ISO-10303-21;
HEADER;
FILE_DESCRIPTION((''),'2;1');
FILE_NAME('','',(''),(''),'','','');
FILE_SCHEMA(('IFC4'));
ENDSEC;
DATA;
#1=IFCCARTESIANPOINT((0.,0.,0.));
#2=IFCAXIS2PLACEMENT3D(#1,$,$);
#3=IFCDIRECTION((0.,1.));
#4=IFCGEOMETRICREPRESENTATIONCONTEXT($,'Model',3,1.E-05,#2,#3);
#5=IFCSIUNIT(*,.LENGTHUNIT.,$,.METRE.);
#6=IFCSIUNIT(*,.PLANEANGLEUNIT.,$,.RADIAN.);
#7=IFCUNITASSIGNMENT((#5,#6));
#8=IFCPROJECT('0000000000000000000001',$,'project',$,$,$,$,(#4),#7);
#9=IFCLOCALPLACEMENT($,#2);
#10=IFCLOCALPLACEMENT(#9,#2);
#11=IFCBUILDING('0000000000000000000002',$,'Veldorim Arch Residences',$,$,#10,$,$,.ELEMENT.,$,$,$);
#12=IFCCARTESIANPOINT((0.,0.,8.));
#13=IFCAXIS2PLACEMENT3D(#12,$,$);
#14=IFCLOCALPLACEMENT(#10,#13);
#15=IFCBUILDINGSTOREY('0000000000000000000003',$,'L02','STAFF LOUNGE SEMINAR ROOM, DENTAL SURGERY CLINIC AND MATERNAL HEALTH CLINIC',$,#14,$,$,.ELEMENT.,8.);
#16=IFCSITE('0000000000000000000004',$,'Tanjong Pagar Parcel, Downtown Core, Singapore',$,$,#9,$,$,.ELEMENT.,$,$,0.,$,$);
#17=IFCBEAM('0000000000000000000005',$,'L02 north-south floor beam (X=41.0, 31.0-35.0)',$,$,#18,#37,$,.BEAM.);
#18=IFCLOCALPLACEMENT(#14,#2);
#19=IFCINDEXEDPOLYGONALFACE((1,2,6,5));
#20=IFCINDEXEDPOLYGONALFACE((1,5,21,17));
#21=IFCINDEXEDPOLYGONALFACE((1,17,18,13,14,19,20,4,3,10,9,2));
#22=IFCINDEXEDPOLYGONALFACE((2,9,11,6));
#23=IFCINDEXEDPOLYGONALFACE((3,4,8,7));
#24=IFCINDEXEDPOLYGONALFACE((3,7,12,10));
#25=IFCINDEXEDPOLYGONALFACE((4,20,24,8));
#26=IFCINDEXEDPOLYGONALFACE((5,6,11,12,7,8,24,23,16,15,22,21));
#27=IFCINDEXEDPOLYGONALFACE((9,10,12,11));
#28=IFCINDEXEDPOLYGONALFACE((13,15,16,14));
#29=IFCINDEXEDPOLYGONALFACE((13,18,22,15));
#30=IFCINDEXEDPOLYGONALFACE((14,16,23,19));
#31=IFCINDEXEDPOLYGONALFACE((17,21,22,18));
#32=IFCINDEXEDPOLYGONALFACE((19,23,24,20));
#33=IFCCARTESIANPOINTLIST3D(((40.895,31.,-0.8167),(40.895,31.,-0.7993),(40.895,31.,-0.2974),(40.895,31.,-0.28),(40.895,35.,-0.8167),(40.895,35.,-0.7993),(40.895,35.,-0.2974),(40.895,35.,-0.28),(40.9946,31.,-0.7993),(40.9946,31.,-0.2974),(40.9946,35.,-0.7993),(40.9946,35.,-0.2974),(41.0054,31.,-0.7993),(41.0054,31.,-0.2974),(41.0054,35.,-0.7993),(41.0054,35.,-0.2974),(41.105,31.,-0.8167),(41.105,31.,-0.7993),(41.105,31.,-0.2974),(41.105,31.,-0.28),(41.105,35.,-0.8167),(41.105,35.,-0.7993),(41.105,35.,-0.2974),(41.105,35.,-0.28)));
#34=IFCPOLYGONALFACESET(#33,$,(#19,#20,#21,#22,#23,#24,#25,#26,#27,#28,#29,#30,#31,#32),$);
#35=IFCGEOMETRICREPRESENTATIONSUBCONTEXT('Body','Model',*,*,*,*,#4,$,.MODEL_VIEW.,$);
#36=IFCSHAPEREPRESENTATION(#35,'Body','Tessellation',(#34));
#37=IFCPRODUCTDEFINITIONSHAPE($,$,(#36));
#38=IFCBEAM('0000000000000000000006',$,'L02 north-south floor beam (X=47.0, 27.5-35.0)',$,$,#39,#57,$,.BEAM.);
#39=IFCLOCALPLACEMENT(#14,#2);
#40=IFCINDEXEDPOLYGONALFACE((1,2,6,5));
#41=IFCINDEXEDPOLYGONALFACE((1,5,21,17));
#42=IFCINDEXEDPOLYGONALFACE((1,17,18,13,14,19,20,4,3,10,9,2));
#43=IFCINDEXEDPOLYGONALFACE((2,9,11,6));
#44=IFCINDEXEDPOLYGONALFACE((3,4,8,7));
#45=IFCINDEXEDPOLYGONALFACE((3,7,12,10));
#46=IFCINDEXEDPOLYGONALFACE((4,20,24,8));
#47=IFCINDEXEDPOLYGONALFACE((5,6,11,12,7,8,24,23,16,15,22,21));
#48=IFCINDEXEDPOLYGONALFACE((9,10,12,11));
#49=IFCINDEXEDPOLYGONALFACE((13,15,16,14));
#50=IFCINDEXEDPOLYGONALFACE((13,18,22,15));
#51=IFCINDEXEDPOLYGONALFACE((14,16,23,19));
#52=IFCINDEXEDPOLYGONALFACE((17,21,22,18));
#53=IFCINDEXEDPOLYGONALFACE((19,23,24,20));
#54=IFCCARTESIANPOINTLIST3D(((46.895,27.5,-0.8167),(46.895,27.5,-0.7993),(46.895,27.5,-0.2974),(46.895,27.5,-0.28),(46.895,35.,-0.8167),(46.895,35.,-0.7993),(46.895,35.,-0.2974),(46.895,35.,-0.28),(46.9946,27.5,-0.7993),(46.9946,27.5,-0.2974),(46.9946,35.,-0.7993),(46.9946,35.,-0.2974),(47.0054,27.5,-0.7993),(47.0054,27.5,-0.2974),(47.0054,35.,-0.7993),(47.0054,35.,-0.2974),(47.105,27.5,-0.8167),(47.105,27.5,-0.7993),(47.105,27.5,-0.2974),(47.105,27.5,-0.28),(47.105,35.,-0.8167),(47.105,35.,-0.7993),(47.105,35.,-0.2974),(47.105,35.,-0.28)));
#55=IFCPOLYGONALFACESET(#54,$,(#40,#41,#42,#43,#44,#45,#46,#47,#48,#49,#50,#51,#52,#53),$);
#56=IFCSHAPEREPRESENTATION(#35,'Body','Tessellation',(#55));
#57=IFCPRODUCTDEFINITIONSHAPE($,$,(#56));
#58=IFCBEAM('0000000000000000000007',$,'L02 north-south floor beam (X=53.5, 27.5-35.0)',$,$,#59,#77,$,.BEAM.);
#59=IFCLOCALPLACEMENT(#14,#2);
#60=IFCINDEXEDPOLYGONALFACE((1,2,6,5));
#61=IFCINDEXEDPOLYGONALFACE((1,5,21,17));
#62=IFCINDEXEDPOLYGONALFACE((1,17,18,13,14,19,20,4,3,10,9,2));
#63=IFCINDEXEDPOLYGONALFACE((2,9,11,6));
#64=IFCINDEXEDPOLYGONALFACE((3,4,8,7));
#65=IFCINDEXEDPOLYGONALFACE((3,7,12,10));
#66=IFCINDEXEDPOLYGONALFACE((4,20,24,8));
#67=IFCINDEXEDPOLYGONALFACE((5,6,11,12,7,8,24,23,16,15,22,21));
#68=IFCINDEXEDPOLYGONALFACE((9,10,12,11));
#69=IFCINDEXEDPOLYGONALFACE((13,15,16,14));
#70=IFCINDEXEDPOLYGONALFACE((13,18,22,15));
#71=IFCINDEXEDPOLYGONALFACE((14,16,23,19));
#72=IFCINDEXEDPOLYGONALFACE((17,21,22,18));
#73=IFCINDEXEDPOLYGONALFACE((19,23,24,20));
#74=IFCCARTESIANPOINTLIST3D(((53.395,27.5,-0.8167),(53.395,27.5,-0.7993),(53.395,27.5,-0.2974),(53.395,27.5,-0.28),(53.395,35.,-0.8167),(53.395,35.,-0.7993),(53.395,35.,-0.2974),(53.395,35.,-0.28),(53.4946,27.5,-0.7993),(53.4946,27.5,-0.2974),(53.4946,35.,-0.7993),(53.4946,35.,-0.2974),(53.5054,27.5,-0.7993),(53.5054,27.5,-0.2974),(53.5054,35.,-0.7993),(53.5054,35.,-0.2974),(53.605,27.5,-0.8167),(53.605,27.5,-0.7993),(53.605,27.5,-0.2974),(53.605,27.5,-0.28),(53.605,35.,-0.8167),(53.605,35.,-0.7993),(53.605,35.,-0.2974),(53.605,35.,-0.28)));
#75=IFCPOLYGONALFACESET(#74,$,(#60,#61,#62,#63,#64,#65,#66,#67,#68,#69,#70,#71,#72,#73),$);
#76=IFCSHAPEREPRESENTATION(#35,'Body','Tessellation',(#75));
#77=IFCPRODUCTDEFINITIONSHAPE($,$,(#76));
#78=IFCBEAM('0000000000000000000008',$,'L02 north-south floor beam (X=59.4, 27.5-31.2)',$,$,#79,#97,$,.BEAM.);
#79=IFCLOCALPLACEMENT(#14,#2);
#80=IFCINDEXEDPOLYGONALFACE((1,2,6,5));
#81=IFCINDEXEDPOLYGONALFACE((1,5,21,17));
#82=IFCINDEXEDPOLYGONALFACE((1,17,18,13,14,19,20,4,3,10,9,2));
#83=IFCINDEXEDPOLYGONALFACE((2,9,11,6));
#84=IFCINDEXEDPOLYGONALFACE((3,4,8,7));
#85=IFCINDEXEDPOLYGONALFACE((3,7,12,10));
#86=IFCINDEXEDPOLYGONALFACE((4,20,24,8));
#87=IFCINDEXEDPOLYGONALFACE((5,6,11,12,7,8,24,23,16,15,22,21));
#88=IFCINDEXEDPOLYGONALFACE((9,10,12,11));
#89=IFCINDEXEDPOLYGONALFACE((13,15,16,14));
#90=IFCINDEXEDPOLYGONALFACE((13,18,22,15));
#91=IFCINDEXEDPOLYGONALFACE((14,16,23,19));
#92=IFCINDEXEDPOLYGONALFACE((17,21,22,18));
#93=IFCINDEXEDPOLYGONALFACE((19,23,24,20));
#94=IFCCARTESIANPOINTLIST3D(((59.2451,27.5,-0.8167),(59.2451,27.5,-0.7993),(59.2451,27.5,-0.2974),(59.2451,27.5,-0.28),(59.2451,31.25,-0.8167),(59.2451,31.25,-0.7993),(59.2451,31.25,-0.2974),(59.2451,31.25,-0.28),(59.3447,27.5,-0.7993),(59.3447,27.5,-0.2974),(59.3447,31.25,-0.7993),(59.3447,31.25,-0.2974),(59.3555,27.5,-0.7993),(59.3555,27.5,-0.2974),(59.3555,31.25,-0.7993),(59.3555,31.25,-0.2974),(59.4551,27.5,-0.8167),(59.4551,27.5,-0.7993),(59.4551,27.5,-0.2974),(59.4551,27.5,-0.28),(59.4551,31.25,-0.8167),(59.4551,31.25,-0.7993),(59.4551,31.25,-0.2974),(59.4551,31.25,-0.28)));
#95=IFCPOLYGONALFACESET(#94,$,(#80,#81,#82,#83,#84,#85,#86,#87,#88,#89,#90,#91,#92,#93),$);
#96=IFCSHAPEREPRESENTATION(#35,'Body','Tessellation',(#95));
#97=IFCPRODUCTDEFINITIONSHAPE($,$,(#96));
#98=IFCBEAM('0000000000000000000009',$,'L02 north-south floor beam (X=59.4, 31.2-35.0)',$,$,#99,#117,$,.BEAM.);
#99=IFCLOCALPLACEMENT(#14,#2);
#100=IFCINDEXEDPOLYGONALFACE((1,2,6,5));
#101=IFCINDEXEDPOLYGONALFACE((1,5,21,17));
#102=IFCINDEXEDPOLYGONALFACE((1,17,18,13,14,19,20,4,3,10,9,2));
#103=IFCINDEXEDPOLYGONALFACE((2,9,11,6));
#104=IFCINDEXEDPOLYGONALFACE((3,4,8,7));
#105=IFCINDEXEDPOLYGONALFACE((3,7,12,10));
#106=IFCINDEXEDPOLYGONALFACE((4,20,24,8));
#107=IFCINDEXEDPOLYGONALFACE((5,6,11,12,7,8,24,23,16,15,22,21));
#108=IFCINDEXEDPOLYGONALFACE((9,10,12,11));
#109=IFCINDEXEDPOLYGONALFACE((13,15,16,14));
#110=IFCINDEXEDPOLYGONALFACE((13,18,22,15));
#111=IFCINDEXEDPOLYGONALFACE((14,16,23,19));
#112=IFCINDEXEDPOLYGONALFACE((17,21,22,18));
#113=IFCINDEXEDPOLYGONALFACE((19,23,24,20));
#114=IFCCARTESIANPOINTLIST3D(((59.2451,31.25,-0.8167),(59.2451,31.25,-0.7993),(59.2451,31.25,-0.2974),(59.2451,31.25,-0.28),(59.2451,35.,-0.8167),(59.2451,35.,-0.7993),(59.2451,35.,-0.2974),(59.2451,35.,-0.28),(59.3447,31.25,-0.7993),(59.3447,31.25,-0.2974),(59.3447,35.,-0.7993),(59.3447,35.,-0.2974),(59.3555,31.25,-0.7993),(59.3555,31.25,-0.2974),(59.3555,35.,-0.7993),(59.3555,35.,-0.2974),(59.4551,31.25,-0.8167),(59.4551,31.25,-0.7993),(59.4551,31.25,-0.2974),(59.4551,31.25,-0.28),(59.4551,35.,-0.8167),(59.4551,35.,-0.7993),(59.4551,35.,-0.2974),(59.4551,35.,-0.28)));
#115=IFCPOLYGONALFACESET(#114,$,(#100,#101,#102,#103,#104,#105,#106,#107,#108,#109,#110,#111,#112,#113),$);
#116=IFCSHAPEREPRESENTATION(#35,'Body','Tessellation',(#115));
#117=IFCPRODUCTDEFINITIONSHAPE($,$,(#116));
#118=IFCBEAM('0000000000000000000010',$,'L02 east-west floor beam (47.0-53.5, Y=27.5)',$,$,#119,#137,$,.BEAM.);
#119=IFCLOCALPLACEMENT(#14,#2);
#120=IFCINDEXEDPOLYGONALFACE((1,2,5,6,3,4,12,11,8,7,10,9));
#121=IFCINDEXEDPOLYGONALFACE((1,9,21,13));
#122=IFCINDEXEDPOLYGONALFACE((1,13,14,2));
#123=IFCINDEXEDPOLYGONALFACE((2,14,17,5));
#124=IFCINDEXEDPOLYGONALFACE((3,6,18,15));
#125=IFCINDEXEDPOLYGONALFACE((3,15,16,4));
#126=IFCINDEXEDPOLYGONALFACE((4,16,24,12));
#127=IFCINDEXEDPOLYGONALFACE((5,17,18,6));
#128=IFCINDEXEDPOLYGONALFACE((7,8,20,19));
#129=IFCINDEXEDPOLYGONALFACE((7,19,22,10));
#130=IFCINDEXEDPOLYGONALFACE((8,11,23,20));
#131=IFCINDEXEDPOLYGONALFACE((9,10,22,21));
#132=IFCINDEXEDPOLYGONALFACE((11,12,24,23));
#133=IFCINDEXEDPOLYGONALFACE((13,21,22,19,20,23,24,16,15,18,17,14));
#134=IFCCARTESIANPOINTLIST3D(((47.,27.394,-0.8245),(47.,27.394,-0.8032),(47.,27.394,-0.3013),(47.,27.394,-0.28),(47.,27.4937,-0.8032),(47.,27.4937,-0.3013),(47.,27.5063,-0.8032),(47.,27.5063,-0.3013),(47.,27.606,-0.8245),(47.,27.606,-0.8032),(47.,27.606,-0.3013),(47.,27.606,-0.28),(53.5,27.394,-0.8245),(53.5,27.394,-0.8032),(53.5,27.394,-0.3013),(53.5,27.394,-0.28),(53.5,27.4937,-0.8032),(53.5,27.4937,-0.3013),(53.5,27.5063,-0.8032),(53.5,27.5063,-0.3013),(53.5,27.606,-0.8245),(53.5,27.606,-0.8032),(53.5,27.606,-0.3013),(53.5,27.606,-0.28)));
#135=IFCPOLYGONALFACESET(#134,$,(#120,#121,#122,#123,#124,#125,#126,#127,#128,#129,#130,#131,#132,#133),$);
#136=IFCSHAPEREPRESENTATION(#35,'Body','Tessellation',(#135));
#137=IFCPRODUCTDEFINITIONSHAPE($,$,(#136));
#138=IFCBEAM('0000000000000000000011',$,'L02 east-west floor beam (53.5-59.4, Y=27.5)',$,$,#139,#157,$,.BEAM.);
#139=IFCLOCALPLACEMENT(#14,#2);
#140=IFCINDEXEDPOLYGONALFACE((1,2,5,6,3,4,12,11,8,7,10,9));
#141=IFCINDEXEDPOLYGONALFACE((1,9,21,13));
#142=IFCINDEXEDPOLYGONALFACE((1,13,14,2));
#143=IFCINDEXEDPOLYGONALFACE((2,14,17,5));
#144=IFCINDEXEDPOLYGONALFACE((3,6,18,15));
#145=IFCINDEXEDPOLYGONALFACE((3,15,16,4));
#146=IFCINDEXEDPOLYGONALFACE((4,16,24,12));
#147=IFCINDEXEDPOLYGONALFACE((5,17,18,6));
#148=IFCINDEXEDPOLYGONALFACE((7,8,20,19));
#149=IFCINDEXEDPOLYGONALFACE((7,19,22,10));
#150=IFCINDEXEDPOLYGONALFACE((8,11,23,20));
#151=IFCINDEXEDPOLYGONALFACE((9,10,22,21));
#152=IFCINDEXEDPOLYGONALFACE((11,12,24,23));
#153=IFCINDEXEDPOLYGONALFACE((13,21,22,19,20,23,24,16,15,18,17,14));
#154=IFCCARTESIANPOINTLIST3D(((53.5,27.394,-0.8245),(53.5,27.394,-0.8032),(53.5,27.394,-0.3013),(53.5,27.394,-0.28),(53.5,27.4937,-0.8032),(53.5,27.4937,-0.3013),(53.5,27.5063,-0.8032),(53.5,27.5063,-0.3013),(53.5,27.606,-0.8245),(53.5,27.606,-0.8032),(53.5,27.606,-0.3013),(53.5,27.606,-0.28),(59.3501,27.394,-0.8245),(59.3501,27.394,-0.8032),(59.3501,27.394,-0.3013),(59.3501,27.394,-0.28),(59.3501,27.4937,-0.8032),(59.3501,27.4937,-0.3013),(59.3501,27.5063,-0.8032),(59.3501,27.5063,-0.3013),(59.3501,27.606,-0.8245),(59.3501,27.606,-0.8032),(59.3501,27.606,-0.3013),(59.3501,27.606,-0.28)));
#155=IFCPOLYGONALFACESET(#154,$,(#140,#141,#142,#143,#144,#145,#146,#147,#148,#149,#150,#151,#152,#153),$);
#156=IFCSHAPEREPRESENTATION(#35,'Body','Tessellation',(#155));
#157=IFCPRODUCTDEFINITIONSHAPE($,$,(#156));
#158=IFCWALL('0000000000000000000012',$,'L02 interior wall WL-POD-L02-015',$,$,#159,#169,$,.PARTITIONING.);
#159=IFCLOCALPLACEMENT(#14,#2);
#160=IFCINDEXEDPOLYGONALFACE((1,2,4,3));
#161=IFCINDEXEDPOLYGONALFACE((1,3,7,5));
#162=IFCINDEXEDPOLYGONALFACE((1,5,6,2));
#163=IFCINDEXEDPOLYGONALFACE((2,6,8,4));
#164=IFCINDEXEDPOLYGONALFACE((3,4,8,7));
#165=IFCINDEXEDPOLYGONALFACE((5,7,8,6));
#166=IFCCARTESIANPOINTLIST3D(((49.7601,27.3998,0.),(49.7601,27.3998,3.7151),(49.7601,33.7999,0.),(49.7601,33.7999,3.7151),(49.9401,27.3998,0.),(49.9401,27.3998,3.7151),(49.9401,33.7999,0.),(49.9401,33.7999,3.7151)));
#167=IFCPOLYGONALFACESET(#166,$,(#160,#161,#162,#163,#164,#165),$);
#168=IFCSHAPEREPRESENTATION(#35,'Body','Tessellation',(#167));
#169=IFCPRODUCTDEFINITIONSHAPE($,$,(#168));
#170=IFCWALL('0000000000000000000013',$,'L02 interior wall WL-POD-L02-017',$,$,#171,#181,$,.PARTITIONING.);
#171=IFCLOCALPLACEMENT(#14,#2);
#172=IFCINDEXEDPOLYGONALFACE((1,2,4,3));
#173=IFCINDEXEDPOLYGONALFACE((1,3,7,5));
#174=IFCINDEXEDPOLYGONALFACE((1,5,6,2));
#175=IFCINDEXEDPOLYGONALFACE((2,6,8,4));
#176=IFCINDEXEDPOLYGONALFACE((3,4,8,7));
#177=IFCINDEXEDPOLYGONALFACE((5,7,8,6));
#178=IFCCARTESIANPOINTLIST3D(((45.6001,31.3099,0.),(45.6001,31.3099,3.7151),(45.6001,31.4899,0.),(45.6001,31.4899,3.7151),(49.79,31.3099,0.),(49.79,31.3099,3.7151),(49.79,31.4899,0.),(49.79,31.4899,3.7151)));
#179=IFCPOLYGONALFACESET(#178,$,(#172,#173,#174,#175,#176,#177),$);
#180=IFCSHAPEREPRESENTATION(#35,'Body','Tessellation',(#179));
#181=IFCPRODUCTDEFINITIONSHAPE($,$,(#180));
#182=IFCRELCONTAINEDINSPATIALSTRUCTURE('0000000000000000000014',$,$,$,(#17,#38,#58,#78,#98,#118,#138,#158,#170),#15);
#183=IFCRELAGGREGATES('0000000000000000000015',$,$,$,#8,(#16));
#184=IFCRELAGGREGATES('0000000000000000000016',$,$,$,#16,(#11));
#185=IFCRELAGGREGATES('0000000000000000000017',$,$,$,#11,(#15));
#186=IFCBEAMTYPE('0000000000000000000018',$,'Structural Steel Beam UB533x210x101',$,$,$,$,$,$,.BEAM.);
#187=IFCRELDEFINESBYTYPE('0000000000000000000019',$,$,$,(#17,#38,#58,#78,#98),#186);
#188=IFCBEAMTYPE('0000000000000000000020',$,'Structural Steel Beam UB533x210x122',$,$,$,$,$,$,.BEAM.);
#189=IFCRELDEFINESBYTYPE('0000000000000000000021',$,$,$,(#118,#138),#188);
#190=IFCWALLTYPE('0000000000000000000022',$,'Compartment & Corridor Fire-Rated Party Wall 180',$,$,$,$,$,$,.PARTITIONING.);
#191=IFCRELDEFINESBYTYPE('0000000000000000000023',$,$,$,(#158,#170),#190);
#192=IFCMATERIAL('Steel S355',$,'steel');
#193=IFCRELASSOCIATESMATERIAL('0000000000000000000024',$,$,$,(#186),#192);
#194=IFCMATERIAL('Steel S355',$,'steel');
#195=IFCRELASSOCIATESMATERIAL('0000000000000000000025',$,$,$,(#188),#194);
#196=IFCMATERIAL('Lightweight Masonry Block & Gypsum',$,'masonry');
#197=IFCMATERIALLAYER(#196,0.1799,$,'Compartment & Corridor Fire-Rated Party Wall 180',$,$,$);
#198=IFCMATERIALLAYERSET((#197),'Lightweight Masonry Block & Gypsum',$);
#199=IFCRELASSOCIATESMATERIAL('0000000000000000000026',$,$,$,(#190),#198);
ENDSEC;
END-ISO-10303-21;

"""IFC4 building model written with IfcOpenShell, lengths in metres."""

from ifc_helpers import new_model, si_unit, direction, frame, frame_2d, origin, origin_2d, place, context, subcontext, project, spatial, rectangle, i_section, extrude, material, layer, layer_set, material_profile, profile_set, type_object, element, save


model = new_model("IFC4")

# Units and contexts
model_context = context("Model", 3, precision=1e-05, world=origin(), true_north=direction((0.0, 1.0)))
body_context = subcontext(model_context, "Body", "Model", "MODEL_VIEW")
ifc_project = project(units=[si_unit("LENGTHUNIT", "METRE"), si_unit("PLANEANGLEUNIT", "RADIAN")], contexts=[model_context])

# Site, building, storey
site_placement = place(None, origin())
site = spatial("IfcSite", under=ifc_project, at=site_placement, Name="Tanjong Pagar Parcel, Downtown Core, Singapore", CompositionType="ELEMENT", RefElevation=0.0)
building_placement = place(site_placement, origin())
building = spatial("IfcBuilding", under=site, at=building_placement, Name="Veldorim Arch Residences", CompositionType="ELEMENT")
storey_placement = place(building_placement, frame((0.0, 0.0, 8.0)))
storey = spatial("IfcBuildingStorey", under=building, at=storey_placement, Name="L02", Description="STAFF LOUNGE SEMINAR ROOM, DENTAL SURGERY CLINIC AND MATERNAL HEALTH CLINIC", CompositionType="ELEMENT", Elevation=8.0)

# Beams
ifc_material_1 = material(Name="Steel S355", Category="steel")
ifc_material_profile_1 = material_profile(ifc_material_1, i_section(OverallWidth=0.21, OverallDepth=0.5366, WebThickness=0.0107, FlangeThickness=0.0173, at=origin_2d()), Name="UB533x210x101")
ifc_profile_set_1 = profile_set([ifc_material_profile_1], Name="Steel S355")
beam_type_1 = type_object("IfcBeamType", Name="Structural Steel Beam UB533x210x101", PredefinedType="BEAM", material=ifc_profile_set_1)
beam_1_placement = place(storey_placement, frame((41.0, 31.0, -0.5483), z_axis=(0.0, 1.0, 0.0), x_axis=(-1.0, 0.0, 0.0)))
element("IfcBeam", 1, at=beam_1_placement, inside=storey, type_object=beam_type_1, Name="L02 north-south floor beam (X=41.0, 31.0-35.0)", PredefinedType="BEAM", context=body_context, shape_type="SweptSolid", body=[
    extrude(i_section(OverallWidth=0.21, OverallDepth=0.5366, WebThickness=0.0107, FlangeThickness=0.0173, at=origin_2d()), origin(), (0.0, 0.0, 1.0), 4.0),
])
for number, where, z_axis, x_axis, name in (
    (2, (47.0, 27.5, -0.5483), (0.0, 1.0, 0.0), (-1.0, 0.0, 0.0), "L02 north-south floor beam (X=47.0, 27.5-35.0)"),
    (3, (53.5, 27.5, -0.5483), (0.0, 1.0, 0.0), (-1.0, 0.0, 0.0), "L02 north-south floor beam (X=53.5, 27.5-35.0)"),
):
    element("IfcBeam", number, at=place(storey_placement, frame(where, z_axis=z_axis, x_axis=x_axis)), inside=storey, type_object=beam_type_1, Name=name, PredefinedType="BEAM", context=body_context, shape_type="SweptSolid", body=[
        extrude(i_section(OverallWidth=0.21, OverallDepth=0.5366, WebThickness=0.0107, FlangeThickness=0.0173, at=origin_2d()), origin(), (0.0, 0.0, 1.0), 7.5),
    ])
for number, where, z_axis, x_axis, name in (
    (4, (59.3501, 27.5, -0.5483), (0.0, 1.0, 0.0), (-1.0, 0.0, 0.0), "L02 north-south floor beam (X=59.4, 27.5-31.2)"),
    (5, (59.3501, 31.25, -0.5483), (0.0, 1.0, 0.0), (-1.0, 0.0, 0.0), "L02 north-south floor beam (X=59.4, 31.2-35.0)"),
):
    element("IfcBeam", number, at=place(storey_placement, frame(where, z_axis=z_axis, x_axis=x_axis)), inside=storey, type_object=beam_type_1, Name=name, PredefinedType="BEAM", context=body_context, shape_type="SweptSolid", body=[
        extrude(i_section(OverallWidth=0.21, OverallDepth=0.5366, WebThickness=0.0107, FlangeThickness=0.0173, at=origin_2d()), origin(), (0.0, 0.0, 1.0), 3.75),
    ])
ifc_material_2 = material(Name="Steel S355", Category="steel")
ifc_material_profile_2 = material_profile(ifc_material_2, i_section(OverallWidth=0.2119, OverallDepth=0.5444, WebThickness=0.0127, FlangeThickness=0.0212, at=origin_2d()), Name="UB533x210x122")
ifc_profile_set_2 = profile_set([ifc_material_profile_2], Name="Steel S355")
beam_type_2 = type_object("IfcBeamType", Name="Structural Steel Beam UB533x210x122", PredefinedType="BEAM", material=ifc_profile_set_2)
beam_2_placement = place(storey_placement, frame((47.0, 27.5, -0.5522), z_axis=(1.0, 0.0, 0.0), x_axis=(0.0, 1.0, 0.0)))
element("IfcBeam", 6, at=beam_2_placement, inside=storey, type_object=beam_type_2, Name="L02 east-west floor beam (47.0-53.5, Y=27.5)", PredefinedType="BEAM", context=body_context, shape_type="SweptSolid", body=[
    extrude(i_section(OverallWidth=0.2119, OverallDepth=0.5444, WebThickness=0.0127, FlangeThickness=0.0212, at=origin_2d()), origin(), (0.0, 0.0, 1.0), 6.5),
])
beam_3_placement = place(storey_placement, frame((53.5, 27.5, -0.5522), z_axis=(1.0, 0.0, 0.0), x_axis=(0.0, 1.0, 0.0)))
element("IfcBeam", 7, at=beam_3_placement, inside=storey, type_object=beam_type_2, Name="L02 east-west floor beam (53.5-59.4, Y=27.5)", PredefinedType="BEAM", context=body_context, shape_type="SweptSolid", body=[
    extrude(i_section(OverallWidth=0.2119, OverallDepth=0.5444, WebThickness=0.0127, FlangeThickness=0.0212, at=origin_2d()), origin(), (0.0, 0.0, 1.0), 5.8501),
])

# Walls
ifc_material_3 = material(Name="Lightweight Masonry Block & Gypsum", Category="masonry")
ifc_layer_1 = layer(ifc_material_3, 0.1799, Name="Compartment & Corridor Fire-Rated Party Wall 180")
ifc_layer_set_1 = layer_set([ifc_layer_1], Name="Lightweight Masonry Block & Gypsum")
wall_type_1 = type_object("IfcWallType", Name="Compartment & Corridor Fire-Rated Party Wall 180", PredefinedType="PARTITIONING", material=ifc_layer_set_1)
wall_1_placement = place(storey_placement, frame((49.8501, 33.8, 0.0), z_axis=(0.0, 0.0, 1.0), x_axis=(0.0, -1.0, 0.0)))
element("IfcWall", 8, at=wall_1_placement, inside=storey, type_object=wall_type_1, Name="L02 interior wall WL-POD-L02-015", PredefinedType="PARTITIONING", context=body_context, shape_type="SweptSolid", body=[
    extrude(rectangle(XDim=6.4001, YDim=0.1799, at=frame_2d((3.2002, 0.0))), origin(), (0.0, 0.0, 1.0), 3.7151),
])
wall_2_placement = place(storey_placement, frame((49.79, 31.3999, 0.0), z_axis=(0.0, 0.0, 1.0), x_axis=(-1.0, 0.0, 0.0)))
element("IfcWall", 9, at=wall_2_placement, inside=storey, type_object=wall_type_1, Name="L02 interior wall WL-POD-L02-017", PredefinedType="PARTITIONING", context=body_context, shape_type="SweptSolid", body=[
    extrude(rectangle(XDim=4.1899, YDim=0.1799, at=frame_2d((2.095, 0.0))), origin(), (0.0, 0.0, 1.0), 3.7151),
])

save(model, "model.ifc")
